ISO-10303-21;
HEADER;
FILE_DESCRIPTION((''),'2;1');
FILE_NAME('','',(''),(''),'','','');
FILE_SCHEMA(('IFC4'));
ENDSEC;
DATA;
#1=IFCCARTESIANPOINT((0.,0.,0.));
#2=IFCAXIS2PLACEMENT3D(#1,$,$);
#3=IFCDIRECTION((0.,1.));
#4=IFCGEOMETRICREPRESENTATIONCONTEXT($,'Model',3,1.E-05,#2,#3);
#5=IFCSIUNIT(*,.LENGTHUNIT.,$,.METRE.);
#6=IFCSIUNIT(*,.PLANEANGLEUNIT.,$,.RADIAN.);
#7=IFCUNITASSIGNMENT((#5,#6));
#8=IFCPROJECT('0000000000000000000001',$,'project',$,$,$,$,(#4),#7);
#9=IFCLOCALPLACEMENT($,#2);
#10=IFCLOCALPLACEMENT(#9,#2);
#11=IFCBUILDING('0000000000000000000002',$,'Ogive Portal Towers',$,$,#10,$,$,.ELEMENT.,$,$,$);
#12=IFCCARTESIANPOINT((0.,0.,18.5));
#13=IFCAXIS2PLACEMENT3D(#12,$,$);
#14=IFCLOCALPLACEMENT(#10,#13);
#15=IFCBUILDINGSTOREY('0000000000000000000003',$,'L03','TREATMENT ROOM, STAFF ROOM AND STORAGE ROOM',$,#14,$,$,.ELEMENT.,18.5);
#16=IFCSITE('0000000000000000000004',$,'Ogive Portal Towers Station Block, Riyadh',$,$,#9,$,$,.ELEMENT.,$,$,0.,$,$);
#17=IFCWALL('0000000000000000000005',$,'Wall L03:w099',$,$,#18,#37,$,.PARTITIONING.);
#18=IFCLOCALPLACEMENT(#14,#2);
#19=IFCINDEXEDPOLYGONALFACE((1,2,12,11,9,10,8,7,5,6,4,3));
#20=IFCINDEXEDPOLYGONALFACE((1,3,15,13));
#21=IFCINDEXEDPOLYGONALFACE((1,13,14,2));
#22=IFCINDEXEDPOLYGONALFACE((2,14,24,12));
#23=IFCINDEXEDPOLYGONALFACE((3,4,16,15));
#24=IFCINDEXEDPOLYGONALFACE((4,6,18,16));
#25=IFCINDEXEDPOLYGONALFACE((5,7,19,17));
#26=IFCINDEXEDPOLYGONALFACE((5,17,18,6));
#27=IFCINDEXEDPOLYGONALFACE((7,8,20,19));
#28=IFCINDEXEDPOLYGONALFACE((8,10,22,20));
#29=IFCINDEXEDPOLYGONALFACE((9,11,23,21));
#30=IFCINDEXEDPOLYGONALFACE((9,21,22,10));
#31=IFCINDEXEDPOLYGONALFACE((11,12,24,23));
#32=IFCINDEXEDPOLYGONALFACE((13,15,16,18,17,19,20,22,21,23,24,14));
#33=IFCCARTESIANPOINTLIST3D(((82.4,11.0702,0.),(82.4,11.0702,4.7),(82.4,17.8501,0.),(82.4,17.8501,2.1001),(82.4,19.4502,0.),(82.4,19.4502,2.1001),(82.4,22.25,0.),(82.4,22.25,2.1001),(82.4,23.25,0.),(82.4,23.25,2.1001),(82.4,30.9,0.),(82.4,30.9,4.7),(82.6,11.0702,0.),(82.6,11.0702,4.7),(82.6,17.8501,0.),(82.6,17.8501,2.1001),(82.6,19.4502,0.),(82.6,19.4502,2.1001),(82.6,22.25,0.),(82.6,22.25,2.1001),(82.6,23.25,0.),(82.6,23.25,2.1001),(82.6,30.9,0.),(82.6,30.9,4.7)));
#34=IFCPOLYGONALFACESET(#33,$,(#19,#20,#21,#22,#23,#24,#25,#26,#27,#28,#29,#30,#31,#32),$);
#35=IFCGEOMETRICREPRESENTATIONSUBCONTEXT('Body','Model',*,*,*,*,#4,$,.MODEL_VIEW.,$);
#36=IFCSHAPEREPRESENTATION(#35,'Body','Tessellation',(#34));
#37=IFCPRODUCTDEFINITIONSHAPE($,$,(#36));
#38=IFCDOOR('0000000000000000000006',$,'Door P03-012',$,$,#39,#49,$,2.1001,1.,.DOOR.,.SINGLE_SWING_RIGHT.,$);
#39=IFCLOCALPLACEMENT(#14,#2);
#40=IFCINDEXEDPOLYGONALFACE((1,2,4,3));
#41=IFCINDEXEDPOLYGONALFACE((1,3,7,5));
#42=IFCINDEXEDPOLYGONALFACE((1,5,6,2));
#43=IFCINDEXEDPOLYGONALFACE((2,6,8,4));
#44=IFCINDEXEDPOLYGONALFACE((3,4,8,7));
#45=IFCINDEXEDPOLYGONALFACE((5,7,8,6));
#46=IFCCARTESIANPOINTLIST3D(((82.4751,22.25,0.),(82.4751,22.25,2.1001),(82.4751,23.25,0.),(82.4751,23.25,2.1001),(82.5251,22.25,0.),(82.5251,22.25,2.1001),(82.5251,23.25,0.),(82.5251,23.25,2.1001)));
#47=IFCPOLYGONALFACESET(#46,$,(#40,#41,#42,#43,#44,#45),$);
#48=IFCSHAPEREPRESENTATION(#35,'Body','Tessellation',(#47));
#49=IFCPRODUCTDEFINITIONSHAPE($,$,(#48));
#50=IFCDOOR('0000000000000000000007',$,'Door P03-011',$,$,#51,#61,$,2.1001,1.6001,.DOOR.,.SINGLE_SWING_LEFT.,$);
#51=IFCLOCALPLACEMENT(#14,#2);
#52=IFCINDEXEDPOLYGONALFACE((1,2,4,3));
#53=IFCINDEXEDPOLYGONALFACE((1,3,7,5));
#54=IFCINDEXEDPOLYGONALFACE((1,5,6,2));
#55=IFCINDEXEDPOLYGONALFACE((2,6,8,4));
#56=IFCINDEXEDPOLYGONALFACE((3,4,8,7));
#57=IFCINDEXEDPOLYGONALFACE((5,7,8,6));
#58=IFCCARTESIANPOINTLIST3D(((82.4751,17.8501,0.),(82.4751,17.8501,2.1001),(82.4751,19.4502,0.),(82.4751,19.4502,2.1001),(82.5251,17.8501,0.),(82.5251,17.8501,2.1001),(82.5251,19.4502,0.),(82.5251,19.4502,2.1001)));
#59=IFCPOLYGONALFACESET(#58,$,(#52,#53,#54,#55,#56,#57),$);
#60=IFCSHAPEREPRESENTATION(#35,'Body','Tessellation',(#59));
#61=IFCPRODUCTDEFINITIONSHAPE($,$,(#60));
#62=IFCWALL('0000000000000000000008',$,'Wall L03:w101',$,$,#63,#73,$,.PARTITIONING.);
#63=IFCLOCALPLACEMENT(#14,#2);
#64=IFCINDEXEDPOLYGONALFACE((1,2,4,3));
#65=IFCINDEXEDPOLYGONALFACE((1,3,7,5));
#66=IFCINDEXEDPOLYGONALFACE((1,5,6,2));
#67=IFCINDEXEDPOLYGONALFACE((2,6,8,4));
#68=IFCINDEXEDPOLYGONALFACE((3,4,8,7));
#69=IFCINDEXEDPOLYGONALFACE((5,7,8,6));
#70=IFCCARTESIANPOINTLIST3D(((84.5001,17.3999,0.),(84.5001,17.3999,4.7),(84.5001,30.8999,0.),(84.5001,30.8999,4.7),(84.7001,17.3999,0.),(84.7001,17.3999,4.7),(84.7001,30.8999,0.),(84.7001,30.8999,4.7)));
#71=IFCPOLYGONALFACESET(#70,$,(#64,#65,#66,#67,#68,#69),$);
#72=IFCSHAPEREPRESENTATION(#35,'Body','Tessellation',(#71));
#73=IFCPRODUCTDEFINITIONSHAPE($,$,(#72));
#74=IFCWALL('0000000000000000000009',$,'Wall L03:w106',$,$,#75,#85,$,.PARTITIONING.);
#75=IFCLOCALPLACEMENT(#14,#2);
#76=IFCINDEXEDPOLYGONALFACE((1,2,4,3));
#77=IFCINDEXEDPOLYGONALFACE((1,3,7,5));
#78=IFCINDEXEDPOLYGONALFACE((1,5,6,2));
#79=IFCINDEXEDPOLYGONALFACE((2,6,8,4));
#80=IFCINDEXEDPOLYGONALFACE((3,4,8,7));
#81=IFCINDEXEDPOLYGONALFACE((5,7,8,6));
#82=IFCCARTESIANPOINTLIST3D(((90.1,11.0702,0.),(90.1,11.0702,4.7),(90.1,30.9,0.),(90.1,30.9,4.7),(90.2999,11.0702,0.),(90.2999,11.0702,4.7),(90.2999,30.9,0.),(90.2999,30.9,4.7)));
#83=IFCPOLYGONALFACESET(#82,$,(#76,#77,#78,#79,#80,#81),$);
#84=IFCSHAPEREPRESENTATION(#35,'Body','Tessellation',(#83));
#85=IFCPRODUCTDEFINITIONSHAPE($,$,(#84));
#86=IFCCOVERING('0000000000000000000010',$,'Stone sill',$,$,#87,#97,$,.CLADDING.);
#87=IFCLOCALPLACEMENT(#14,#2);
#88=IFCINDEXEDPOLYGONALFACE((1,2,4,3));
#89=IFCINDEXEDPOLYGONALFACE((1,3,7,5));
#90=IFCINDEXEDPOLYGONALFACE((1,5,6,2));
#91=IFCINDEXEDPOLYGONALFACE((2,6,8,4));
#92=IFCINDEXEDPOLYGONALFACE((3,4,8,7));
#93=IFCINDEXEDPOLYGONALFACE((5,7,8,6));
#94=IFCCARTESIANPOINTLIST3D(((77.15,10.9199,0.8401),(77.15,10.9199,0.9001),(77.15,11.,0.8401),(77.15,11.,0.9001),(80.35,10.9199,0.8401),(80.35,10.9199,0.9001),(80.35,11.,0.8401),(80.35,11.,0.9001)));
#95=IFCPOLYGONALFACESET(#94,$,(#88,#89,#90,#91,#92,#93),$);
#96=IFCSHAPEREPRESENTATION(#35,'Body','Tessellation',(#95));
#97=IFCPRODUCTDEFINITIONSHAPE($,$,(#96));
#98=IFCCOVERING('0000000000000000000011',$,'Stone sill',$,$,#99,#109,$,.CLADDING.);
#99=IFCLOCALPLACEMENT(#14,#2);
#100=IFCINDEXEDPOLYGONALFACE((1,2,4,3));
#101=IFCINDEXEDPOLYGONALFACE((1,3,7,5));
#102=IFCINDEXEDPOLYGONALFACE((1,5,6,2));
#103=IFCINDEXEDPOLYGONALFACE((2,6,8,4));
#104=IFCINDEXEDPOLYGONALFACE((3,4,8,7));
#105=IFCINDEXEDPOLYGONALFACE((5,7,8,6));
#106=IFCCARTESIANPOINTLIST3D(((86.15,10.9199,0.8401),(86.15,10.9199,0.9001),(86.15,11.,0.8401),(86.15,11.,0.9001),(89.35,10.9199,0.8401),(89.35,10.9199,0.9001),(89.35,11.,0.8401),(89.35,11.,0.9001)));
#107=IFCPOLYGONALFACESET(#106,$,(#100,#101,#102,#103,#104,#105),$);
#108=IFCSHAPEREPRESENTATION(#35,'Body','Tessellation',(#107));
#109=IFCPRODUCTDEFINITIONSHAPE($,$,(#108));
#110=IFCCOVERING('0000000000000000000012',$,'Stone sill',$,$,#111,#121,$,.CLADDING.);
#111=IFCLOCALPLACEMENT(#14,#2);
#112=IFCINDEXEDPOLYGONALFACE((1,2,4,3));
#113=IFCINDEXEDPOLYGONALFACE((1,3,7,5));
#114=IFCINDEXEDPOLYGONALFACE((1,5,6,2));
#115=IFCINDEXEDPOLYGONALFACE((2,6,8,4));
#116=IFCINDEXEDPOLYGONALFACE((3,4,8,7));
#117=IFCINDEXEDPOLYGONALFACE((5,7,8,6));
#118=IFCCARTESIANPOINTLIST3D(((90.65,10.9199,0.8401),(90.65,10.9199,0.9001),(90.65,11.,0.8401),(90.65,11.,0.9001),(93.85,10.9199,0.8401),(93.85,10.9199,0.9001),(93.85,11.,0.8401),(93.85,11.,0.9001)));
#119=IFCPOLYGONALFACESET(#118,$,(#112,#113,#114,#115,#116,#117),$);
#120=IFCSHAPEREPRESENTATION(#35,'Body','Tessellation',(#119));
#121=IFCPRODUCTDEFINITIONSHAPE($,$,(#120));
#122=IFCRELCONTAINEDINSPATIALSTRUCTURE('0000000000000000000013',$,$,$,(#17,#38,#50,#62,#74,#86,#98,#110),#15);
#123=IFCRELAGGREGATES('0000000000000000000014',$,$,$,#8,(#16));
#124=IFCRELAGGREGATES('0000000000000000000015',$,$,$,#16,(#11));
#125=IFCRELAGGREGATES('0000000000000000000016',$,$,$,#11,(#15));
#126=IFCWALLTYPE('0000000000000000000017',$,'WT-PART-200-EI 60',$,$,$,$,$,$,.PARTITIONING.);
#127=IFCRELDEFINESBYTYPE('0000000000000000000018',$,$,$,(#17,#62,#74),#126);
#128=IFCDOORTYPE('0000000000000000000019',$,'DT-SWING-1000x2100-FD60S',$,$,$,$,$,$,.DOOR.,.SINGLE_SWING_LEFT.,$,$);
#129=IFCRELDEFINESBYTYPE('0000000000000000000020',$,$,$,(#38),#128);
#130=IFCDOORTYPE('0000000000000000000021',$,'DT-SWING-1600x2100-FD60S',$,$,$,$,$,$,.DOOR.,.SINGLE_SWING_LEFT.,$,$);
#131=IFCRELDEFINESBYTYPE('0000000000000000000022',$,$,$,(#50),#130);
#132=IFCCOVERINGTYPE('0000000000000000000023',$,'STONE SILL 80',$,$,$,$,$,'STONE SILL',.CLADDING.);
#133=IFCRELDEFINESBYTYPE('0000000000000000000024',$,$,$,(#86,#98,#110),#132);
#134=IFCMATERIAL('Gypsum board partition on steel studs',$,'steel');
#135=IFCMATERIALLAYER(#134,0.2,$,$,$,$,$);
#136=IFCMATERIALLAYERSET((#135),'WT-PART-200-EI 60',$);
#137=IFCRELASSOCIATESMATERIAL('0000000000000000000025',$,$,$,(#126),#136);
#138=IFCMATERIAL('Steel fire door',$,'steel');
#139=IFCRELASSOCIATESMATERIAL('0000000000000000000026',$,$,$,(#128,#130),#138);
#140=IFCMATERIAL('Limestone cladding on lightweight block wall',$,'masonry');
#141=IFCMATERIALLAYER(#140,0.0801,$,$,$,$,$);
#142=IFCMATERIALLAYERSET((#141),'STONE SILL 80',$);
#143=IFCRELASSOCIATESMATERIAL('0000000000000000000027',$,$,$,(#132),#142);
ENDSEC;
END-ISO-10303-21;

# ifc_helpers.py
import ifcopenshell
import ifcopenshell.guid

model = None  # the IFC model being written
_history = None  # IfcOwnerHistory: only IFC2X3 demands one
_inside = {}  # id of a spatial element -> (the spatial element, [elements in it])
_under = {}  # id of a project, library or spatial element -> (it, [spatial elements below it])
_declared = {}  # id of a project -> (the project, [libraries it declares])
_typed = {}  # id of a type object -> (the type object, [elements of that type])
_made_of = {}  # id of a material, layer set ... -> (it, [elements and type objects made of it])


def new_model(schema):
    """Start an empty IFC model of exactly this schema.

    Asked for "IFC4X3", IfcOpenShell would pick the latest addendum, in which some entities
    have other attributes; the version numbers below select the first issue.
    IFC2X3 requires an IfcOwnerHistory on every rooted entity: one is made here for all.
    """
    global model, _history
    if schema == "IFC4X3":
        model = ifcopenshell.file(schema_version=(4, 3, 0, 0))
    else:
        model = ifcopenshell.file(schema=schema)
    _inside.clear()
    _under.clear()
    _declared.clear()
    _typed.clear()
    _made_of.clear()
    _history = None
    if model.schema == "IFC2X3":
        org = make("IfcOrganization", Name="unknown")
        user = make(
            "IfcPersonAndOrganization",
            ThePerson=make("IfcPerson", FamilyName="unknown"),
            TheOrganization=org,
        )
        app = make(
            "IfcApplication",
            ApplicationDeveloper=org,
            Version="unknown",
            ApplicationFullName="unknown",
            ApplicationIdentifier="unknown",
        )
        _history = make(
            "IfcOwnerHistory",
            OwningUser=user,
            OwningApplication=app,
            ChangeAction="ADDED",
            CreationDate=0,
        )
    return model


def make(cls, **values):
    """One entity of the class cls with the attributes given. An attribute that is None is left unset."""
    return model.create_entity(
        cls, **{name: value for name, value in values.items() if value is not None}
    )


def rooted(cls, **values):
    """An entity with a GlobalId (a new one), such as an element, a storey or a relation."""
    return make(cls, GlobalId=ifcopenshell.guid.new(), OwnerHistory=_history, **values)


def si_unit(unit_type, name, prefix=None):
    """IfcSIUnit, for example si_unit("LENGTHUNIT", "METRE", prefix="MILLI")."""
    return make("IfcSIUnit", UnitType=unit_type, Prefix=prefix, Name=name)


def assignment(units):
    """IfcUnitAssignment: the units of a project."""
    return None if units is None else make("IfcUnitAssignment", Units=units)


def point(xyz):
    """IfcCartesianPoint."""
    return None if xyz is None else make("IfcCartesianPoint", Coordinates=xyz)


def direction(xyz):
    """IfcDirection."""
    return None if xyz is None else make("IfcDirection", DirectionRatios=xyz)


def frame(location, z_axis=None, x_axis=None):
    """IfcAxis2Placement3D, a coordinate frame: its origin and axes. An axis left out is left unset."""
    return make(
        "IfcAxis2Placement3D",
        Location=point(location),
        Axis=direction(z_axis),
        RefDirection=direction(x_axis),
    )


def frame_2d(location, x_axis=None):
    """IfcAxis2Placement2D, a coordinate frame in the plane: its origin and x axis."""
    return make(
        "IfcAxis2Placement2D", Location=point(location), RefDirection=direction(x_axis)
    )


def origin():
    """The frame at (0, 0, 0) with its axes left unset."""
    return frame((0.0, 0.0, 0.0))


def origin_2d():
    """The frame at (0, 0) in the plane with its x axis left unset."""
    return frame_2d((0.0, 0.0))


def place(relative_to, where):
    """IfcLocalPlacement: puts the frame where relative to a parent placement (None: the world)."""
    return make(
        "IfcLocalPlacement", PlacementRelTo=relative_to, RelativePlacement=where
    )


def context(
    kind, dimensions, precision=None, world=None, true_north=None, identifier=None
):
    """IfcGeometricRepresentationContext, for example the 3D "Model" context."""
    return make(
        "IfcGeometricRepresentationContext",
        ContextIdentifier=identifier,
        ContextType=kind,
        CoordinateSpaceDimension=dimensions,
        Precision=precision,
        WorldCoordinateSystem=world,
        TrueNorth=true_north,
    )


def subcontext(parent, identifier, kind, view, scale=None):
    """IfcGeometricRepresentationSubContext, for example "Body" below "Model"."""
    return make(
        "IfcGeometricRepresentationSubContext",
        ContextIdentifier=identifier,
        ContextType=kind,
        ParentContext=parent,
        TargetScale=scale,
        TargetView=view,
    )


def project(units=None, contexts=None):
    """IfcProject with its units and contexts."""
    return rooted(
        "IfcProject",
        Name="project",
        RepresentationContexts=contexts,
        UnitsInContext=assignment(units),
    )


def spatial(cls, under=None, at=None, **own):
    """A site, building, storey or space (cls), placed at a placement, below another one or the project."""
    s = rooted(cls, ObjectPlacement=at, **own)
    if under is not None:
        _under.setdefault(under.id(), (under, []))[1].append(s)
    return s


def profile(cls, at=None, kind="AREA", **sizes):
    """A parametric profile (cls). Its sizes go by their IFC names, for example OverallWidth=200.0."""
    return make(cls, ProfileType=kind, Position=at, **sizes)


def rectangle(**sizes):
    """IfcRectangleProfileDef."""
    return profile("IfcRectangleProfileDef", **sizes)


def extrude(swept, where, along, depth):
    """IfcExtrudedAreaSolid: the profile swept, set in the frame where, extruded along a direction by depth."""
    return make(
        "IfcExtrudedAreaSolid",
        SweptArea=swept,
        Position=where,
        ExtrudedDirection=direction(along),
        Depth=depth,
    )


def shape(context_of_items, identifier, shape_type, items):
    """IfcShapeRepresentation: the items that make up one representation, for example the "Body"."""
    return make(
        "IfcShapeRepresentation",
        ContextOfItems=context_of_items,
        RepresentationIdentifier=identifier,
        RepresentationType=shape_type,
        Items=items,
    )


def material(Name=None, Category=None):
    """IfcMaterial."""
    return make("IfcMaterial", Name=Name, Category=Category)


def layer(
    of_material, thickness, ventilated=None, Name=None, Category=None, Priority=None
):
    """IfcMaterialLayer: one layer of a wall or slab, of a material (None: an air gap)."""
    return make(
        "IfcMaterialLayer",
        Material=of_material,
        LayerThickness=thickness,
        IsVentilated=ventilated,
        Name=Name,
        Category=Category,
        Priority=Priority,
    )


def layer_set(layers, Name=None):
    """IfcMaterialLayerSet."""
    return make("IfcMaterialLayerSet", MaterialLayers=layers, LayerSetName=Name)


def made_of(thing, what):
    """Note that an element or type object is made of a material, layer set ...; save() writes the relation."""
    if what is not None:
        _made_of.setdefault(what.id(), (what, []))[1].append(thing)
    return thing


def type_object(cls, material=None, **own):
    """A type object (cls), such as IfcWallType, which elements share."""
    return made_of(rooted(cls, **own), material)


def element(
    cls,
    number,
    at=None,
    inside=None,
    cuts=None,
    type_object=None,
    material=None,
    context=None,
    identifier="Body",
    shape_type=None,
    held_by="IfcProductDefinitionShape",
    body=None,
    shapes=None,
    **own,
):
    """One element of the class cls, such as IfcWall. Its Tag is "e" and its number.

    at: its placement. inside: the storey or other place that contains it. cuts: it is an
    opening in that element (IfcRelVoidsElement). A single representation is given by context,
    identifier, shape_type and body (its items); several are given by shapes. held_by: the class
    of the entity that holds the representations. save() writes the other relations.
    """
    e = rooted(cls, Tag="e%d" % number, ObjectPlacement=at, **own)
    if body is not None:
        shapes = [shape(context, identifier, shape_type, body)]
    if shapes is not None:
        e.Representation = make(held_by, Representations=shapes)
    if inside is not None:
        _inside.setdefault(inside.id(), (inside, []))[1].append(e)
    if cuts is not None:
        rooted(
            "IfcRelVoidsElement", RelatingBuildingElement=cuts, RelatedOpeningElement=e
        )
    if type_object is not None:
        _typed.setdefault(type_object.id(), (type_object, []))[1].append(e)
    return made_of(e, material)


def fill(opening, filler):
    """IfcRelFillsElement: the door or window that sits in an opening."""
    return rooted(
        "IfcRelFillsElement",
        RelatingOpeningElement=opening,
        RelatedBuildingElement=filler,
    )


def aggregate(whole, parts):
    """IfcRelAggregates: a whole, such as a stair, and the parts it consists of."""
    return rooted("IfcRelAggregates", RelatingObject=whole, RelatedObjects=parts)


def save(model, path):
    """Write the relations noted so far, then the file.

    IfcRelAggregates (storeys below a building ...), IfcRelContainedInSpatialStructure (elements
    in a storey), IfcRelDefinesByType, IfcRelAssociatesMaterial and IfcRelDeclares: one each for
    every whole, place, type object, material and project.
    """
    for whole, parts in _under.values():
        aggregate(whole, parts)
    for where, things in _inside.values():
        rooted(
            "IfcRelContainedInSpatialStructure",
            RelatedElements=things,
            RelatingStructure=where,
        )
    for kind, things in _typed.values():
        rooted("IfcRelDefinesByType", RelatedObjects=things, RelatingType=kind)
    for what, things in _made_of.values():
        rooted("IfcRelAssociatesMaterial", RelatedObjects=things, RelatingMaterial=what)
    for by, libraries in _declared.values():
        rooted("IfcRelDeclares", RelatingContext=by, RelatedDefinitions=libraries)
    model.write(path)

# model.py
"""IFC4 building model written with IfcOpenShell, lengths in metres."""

from ifc_helpers import new_model, si_unit, direction, frame, frame_2d, origin, origin_2d, place, context, subcontext, project, spatial, rectangle, extrude, material, layer, layer_set, type_object, element, fill, save


model = new_model("IFC4")

# Units and contexts
model_context = context("Model", 3, precision=1e-05, world=origin(), true_north=direction((0.0, 1.0)))
body_context = subcontext(model_context, "Body", "Model", "MODEL_VIEW")
ifc_project = project(units=[si_unit("LENGTHUNIT", "METRE"), si_unit("PLANEANGLEUNIT", "RADIAN")], contexts=[model_context])

# Site, building, storey
site_placement = place(None, origin())
site = spatial("IfcSite", under=ifc_project, at=site_placement, Name="Ogive Portal Towers Station Block, Riyadh", CompositionType="ELEMENT", RefElevation=0.0)
building_placement = place(site_placement, origin())
building = spatial("IfcBuilding", under=site, at=building_placement, Name="Ogive Portal Towers", CompositionType="ELEMENT")
storey_placement = place(building_placement, frame((0.0, 0.0, 18.5)))
storey = spatial("IfcBuildingStorey", under=building, at=storey_placement, Name="L03", Description="TREATMENT ROOM, STAFF ROOM AND STORAGE ROOM", CompositionType="ELEMENT", Elevation=18.5)

# Shared definitions
ifc_material_1 = material(Name="Gypsum board partition on steel studs", Category="steel")
ifc_layer_1 = layer(ifc_material_1, 0.2)
ifc_layer_set_1 = layer_set([ifc_layer_1], Name="WT-PART-200-EI 60")
wall_type_1 = type_object("IfcWallType", Name="WT-PART-200-EI 60", PredefinedType="PARTITIONING", material=ifc_layer_set_1)

# Wall, openings, doors
wall_1_placement = place(storey_placement, frame((82.5, 11.0701, 0.0), z_axis=(0.0, 0.0, 1.0), x_axis=(0.0, 1.0, 0.0)))
wall_1 = element("IfcWall", 1, at=wall_1_placement, inside=storey, type_object=wall_type_1, Name="Wall L03:w099", PredefinedType="PARTITIONING", context=body_context, shape_type="SweptSolid", body=[
    extrude(rectangle(XDim=19.8298, YDim=0.2, at=frame_2d((9.915, 0.0))), origin(), (0.0, 0.0, 1.0), 4.7),
])
opening_1_placement = place(wall_1_placement, frame((6.78, 0.0, 0.0)))
opening_1 = element("IfcOpeningElement", 2, at=opening_1_placement, cuts=wall_1, PredefinedType="OPENING", context=body_context, shape_type="SweptSolid", body=[
    extrude(rectangle(XDim=1.6001, YDim=2.1001, at=frame_2d((0.8, 1.05))), frame((0.0, 0.1099, 0.0), z_axis=(0.0, -1.0, 0.0), x_axis=(1.0, 0.0, 0.0)), (0.0, 0.0, 1.0), 0.22),
])
opening_2_placement = place(wall_1_placement, frame((11.1799, 0.0, 0.0)))
opening_2 = element("IfcOpeningElement", 3, at=opening_2_placement, cuts=wall_1, PredefinedType="OPENING", context=body_context, shape_type="SweptSolid", body=[
    extrude(rectangle(XDim=1.0, YDim=2.1001, at=frame_2d((0.5, 1.05))), frame((0.0, 0.1099, 0.0), z_axis=(0.0, -1.0, 0.0), x_axis=(1.0, 0.0, 0.0)), (0.0, 0.0, 1.0), 0.22),
])
ifc_material_2 = material(Name="Steel fire door", Category="steel")
door_type_1 = type_object("IfcDoorType", Name="DT-SWING-1000x2100-FD60S", OperationType="SINGLE_SWING_LEFT", PredefinedType="DOOR", material=ifc_material_2)
door_1_placement = place(opening_2_placement, origin())
door_1 = element("IfcDoor", 4, at=door_1_placement, inside=storey, type_object=door_type_1, Name="Door P03-012", OperationType="SINGLE_SWING_RIGHT", OverallHeight=2.1001, OverallWidth=1.0, PredefinedType="DOOR", context=body_context, shape_type="SweptSolid", body=[
    extrude(rectangle(XDim=1.0, YDim=2.1001, at=frame_2d((0.5, 1.05))), frame((0.0, 0.0249, 0.0), z_axis=(0.0, -1.0, 0.0), x_axis=(1.0, 0.0, 0.0)), (0.0, 0.0, 1.0), 0.05),
])
fill(opening_2, door_1)
door_type_2 = type_object("IfcDoorType", Name="DT-SWING-1600x2100-FD60S", OperationType="SINGLE_SWING_LEFT", PredefinedType="DOOR", material=ifc_material_2)
door_2_placement = place(opening_1_placement, origin())
door_2 = element("IfcDoor", 5, at=door_2_placement, inside=storey, type_object=door_type_2, Name="Door P03-011", OperationType="SINGLE_SWING_LEFT", OverallHeight=2.1001, OverallWidth=1.6001, PredefinedType="DOOR", context=body_context, shape_type="SweptSolid", body=[
    extrude(rectangle(XDim=1.6001, YDim=2.1001, at=frame_2d((0.8, 1.05))), frame((0.0, 0.0249, 0.0), z_axis=(0.0, -1.0, 0.0), x_axis=(1.0, 0.0, 0.0)), (0.0, 0.0, 1.0), 0.05),
])
fill(opening_1, door_2)

# Walls
wall_2_placement = place(storey_placement, frame((84.6001, 17.3999, 0.0), z_axis=(0.0, 0.0, 1.0), x_axis=(0.0, 1.0, 0.0)))
element("IfcWall", 6, at=wall_2_placement, inside=storey, type_object=wall_type_1, Name="Wall L03:w101", PredefinedType="PARTITIONING", context=body_context, shape_type="SweptSolid", body=[
    extrude(rectangle(XDim=13.5, YDim=0.2, at=frame_2d((6.75, 0.0))), origin(), (0.0, 0.0, 1.0), 4.7),
])
wall_3_placement = place(storey_placement, frame((90.2, 11.0701, 0.0), z_axis=(0.0, 0.0, 1.0), x_axis=(0.0, 1.0, 0.0)))
element("IfcWall", 7, at=wall_3_placement, inside=storey, type_object=wall_type_1, Name="Wall L03:w106", PredefinedType="PARTITIONING", context=body_context, shape_type="SweptSolid", body=[
    extrude(rectangle(XDim=19.8298, YDim=0.2, at=frame_2d((9.915, 0.0))), origin(), (0.0, 0.0, 1.0), 4.7),
])

# Coverings
ifc_material_3 = material(Name="Limestone cladding on lightweight block wall", Category="masonry")
ifc_layer_2 = layer(ifc_material_3, 0.0801)
ifc_layer_set_2 = layer_set([ifc_layer_2], Name="STONE SILL 80")
covering_type = type_object("IfcCoveringType", Name="STONE SILL 80", ElementType="STONE SILL", PredefinedType="CLADDING", material=ifc_layer_set_2)
for number, where, z_axis, x_axis, name in (
    (8, (78.75, 10.96, 0.8401), (0.0, 0.0, 1.0), (1.0, 0.0, 0.0), "Stone sill"),
    (9, (87.75, 10.96, 0.8401), (0.0, 0.0, 1.0), (1.0, 0.0, 0.0), "Stone sill"),
    (10, (92.25, 10.96, 0.8401), (0.0, 0.0, 1.0), (1.0, 0.0, 0.0), "Stone sill"),
):
    element("IfcCovering", number, at=place(storey_placement, frame(where, z_axis=z_axis, x_axis=x_axis)), inside=storey, type_object=covering_type, Name=name, PredefinedType="CLADDING", context=body_context, shape_type="SweptSolid", body=[
        extrude(rectangle(XDim=3.2, YDim=0.0801, at=origin_2d()), origin(), (0.0, 0.0, 1.0), 0.0601),
    ])

save(model, "model.ifc")
